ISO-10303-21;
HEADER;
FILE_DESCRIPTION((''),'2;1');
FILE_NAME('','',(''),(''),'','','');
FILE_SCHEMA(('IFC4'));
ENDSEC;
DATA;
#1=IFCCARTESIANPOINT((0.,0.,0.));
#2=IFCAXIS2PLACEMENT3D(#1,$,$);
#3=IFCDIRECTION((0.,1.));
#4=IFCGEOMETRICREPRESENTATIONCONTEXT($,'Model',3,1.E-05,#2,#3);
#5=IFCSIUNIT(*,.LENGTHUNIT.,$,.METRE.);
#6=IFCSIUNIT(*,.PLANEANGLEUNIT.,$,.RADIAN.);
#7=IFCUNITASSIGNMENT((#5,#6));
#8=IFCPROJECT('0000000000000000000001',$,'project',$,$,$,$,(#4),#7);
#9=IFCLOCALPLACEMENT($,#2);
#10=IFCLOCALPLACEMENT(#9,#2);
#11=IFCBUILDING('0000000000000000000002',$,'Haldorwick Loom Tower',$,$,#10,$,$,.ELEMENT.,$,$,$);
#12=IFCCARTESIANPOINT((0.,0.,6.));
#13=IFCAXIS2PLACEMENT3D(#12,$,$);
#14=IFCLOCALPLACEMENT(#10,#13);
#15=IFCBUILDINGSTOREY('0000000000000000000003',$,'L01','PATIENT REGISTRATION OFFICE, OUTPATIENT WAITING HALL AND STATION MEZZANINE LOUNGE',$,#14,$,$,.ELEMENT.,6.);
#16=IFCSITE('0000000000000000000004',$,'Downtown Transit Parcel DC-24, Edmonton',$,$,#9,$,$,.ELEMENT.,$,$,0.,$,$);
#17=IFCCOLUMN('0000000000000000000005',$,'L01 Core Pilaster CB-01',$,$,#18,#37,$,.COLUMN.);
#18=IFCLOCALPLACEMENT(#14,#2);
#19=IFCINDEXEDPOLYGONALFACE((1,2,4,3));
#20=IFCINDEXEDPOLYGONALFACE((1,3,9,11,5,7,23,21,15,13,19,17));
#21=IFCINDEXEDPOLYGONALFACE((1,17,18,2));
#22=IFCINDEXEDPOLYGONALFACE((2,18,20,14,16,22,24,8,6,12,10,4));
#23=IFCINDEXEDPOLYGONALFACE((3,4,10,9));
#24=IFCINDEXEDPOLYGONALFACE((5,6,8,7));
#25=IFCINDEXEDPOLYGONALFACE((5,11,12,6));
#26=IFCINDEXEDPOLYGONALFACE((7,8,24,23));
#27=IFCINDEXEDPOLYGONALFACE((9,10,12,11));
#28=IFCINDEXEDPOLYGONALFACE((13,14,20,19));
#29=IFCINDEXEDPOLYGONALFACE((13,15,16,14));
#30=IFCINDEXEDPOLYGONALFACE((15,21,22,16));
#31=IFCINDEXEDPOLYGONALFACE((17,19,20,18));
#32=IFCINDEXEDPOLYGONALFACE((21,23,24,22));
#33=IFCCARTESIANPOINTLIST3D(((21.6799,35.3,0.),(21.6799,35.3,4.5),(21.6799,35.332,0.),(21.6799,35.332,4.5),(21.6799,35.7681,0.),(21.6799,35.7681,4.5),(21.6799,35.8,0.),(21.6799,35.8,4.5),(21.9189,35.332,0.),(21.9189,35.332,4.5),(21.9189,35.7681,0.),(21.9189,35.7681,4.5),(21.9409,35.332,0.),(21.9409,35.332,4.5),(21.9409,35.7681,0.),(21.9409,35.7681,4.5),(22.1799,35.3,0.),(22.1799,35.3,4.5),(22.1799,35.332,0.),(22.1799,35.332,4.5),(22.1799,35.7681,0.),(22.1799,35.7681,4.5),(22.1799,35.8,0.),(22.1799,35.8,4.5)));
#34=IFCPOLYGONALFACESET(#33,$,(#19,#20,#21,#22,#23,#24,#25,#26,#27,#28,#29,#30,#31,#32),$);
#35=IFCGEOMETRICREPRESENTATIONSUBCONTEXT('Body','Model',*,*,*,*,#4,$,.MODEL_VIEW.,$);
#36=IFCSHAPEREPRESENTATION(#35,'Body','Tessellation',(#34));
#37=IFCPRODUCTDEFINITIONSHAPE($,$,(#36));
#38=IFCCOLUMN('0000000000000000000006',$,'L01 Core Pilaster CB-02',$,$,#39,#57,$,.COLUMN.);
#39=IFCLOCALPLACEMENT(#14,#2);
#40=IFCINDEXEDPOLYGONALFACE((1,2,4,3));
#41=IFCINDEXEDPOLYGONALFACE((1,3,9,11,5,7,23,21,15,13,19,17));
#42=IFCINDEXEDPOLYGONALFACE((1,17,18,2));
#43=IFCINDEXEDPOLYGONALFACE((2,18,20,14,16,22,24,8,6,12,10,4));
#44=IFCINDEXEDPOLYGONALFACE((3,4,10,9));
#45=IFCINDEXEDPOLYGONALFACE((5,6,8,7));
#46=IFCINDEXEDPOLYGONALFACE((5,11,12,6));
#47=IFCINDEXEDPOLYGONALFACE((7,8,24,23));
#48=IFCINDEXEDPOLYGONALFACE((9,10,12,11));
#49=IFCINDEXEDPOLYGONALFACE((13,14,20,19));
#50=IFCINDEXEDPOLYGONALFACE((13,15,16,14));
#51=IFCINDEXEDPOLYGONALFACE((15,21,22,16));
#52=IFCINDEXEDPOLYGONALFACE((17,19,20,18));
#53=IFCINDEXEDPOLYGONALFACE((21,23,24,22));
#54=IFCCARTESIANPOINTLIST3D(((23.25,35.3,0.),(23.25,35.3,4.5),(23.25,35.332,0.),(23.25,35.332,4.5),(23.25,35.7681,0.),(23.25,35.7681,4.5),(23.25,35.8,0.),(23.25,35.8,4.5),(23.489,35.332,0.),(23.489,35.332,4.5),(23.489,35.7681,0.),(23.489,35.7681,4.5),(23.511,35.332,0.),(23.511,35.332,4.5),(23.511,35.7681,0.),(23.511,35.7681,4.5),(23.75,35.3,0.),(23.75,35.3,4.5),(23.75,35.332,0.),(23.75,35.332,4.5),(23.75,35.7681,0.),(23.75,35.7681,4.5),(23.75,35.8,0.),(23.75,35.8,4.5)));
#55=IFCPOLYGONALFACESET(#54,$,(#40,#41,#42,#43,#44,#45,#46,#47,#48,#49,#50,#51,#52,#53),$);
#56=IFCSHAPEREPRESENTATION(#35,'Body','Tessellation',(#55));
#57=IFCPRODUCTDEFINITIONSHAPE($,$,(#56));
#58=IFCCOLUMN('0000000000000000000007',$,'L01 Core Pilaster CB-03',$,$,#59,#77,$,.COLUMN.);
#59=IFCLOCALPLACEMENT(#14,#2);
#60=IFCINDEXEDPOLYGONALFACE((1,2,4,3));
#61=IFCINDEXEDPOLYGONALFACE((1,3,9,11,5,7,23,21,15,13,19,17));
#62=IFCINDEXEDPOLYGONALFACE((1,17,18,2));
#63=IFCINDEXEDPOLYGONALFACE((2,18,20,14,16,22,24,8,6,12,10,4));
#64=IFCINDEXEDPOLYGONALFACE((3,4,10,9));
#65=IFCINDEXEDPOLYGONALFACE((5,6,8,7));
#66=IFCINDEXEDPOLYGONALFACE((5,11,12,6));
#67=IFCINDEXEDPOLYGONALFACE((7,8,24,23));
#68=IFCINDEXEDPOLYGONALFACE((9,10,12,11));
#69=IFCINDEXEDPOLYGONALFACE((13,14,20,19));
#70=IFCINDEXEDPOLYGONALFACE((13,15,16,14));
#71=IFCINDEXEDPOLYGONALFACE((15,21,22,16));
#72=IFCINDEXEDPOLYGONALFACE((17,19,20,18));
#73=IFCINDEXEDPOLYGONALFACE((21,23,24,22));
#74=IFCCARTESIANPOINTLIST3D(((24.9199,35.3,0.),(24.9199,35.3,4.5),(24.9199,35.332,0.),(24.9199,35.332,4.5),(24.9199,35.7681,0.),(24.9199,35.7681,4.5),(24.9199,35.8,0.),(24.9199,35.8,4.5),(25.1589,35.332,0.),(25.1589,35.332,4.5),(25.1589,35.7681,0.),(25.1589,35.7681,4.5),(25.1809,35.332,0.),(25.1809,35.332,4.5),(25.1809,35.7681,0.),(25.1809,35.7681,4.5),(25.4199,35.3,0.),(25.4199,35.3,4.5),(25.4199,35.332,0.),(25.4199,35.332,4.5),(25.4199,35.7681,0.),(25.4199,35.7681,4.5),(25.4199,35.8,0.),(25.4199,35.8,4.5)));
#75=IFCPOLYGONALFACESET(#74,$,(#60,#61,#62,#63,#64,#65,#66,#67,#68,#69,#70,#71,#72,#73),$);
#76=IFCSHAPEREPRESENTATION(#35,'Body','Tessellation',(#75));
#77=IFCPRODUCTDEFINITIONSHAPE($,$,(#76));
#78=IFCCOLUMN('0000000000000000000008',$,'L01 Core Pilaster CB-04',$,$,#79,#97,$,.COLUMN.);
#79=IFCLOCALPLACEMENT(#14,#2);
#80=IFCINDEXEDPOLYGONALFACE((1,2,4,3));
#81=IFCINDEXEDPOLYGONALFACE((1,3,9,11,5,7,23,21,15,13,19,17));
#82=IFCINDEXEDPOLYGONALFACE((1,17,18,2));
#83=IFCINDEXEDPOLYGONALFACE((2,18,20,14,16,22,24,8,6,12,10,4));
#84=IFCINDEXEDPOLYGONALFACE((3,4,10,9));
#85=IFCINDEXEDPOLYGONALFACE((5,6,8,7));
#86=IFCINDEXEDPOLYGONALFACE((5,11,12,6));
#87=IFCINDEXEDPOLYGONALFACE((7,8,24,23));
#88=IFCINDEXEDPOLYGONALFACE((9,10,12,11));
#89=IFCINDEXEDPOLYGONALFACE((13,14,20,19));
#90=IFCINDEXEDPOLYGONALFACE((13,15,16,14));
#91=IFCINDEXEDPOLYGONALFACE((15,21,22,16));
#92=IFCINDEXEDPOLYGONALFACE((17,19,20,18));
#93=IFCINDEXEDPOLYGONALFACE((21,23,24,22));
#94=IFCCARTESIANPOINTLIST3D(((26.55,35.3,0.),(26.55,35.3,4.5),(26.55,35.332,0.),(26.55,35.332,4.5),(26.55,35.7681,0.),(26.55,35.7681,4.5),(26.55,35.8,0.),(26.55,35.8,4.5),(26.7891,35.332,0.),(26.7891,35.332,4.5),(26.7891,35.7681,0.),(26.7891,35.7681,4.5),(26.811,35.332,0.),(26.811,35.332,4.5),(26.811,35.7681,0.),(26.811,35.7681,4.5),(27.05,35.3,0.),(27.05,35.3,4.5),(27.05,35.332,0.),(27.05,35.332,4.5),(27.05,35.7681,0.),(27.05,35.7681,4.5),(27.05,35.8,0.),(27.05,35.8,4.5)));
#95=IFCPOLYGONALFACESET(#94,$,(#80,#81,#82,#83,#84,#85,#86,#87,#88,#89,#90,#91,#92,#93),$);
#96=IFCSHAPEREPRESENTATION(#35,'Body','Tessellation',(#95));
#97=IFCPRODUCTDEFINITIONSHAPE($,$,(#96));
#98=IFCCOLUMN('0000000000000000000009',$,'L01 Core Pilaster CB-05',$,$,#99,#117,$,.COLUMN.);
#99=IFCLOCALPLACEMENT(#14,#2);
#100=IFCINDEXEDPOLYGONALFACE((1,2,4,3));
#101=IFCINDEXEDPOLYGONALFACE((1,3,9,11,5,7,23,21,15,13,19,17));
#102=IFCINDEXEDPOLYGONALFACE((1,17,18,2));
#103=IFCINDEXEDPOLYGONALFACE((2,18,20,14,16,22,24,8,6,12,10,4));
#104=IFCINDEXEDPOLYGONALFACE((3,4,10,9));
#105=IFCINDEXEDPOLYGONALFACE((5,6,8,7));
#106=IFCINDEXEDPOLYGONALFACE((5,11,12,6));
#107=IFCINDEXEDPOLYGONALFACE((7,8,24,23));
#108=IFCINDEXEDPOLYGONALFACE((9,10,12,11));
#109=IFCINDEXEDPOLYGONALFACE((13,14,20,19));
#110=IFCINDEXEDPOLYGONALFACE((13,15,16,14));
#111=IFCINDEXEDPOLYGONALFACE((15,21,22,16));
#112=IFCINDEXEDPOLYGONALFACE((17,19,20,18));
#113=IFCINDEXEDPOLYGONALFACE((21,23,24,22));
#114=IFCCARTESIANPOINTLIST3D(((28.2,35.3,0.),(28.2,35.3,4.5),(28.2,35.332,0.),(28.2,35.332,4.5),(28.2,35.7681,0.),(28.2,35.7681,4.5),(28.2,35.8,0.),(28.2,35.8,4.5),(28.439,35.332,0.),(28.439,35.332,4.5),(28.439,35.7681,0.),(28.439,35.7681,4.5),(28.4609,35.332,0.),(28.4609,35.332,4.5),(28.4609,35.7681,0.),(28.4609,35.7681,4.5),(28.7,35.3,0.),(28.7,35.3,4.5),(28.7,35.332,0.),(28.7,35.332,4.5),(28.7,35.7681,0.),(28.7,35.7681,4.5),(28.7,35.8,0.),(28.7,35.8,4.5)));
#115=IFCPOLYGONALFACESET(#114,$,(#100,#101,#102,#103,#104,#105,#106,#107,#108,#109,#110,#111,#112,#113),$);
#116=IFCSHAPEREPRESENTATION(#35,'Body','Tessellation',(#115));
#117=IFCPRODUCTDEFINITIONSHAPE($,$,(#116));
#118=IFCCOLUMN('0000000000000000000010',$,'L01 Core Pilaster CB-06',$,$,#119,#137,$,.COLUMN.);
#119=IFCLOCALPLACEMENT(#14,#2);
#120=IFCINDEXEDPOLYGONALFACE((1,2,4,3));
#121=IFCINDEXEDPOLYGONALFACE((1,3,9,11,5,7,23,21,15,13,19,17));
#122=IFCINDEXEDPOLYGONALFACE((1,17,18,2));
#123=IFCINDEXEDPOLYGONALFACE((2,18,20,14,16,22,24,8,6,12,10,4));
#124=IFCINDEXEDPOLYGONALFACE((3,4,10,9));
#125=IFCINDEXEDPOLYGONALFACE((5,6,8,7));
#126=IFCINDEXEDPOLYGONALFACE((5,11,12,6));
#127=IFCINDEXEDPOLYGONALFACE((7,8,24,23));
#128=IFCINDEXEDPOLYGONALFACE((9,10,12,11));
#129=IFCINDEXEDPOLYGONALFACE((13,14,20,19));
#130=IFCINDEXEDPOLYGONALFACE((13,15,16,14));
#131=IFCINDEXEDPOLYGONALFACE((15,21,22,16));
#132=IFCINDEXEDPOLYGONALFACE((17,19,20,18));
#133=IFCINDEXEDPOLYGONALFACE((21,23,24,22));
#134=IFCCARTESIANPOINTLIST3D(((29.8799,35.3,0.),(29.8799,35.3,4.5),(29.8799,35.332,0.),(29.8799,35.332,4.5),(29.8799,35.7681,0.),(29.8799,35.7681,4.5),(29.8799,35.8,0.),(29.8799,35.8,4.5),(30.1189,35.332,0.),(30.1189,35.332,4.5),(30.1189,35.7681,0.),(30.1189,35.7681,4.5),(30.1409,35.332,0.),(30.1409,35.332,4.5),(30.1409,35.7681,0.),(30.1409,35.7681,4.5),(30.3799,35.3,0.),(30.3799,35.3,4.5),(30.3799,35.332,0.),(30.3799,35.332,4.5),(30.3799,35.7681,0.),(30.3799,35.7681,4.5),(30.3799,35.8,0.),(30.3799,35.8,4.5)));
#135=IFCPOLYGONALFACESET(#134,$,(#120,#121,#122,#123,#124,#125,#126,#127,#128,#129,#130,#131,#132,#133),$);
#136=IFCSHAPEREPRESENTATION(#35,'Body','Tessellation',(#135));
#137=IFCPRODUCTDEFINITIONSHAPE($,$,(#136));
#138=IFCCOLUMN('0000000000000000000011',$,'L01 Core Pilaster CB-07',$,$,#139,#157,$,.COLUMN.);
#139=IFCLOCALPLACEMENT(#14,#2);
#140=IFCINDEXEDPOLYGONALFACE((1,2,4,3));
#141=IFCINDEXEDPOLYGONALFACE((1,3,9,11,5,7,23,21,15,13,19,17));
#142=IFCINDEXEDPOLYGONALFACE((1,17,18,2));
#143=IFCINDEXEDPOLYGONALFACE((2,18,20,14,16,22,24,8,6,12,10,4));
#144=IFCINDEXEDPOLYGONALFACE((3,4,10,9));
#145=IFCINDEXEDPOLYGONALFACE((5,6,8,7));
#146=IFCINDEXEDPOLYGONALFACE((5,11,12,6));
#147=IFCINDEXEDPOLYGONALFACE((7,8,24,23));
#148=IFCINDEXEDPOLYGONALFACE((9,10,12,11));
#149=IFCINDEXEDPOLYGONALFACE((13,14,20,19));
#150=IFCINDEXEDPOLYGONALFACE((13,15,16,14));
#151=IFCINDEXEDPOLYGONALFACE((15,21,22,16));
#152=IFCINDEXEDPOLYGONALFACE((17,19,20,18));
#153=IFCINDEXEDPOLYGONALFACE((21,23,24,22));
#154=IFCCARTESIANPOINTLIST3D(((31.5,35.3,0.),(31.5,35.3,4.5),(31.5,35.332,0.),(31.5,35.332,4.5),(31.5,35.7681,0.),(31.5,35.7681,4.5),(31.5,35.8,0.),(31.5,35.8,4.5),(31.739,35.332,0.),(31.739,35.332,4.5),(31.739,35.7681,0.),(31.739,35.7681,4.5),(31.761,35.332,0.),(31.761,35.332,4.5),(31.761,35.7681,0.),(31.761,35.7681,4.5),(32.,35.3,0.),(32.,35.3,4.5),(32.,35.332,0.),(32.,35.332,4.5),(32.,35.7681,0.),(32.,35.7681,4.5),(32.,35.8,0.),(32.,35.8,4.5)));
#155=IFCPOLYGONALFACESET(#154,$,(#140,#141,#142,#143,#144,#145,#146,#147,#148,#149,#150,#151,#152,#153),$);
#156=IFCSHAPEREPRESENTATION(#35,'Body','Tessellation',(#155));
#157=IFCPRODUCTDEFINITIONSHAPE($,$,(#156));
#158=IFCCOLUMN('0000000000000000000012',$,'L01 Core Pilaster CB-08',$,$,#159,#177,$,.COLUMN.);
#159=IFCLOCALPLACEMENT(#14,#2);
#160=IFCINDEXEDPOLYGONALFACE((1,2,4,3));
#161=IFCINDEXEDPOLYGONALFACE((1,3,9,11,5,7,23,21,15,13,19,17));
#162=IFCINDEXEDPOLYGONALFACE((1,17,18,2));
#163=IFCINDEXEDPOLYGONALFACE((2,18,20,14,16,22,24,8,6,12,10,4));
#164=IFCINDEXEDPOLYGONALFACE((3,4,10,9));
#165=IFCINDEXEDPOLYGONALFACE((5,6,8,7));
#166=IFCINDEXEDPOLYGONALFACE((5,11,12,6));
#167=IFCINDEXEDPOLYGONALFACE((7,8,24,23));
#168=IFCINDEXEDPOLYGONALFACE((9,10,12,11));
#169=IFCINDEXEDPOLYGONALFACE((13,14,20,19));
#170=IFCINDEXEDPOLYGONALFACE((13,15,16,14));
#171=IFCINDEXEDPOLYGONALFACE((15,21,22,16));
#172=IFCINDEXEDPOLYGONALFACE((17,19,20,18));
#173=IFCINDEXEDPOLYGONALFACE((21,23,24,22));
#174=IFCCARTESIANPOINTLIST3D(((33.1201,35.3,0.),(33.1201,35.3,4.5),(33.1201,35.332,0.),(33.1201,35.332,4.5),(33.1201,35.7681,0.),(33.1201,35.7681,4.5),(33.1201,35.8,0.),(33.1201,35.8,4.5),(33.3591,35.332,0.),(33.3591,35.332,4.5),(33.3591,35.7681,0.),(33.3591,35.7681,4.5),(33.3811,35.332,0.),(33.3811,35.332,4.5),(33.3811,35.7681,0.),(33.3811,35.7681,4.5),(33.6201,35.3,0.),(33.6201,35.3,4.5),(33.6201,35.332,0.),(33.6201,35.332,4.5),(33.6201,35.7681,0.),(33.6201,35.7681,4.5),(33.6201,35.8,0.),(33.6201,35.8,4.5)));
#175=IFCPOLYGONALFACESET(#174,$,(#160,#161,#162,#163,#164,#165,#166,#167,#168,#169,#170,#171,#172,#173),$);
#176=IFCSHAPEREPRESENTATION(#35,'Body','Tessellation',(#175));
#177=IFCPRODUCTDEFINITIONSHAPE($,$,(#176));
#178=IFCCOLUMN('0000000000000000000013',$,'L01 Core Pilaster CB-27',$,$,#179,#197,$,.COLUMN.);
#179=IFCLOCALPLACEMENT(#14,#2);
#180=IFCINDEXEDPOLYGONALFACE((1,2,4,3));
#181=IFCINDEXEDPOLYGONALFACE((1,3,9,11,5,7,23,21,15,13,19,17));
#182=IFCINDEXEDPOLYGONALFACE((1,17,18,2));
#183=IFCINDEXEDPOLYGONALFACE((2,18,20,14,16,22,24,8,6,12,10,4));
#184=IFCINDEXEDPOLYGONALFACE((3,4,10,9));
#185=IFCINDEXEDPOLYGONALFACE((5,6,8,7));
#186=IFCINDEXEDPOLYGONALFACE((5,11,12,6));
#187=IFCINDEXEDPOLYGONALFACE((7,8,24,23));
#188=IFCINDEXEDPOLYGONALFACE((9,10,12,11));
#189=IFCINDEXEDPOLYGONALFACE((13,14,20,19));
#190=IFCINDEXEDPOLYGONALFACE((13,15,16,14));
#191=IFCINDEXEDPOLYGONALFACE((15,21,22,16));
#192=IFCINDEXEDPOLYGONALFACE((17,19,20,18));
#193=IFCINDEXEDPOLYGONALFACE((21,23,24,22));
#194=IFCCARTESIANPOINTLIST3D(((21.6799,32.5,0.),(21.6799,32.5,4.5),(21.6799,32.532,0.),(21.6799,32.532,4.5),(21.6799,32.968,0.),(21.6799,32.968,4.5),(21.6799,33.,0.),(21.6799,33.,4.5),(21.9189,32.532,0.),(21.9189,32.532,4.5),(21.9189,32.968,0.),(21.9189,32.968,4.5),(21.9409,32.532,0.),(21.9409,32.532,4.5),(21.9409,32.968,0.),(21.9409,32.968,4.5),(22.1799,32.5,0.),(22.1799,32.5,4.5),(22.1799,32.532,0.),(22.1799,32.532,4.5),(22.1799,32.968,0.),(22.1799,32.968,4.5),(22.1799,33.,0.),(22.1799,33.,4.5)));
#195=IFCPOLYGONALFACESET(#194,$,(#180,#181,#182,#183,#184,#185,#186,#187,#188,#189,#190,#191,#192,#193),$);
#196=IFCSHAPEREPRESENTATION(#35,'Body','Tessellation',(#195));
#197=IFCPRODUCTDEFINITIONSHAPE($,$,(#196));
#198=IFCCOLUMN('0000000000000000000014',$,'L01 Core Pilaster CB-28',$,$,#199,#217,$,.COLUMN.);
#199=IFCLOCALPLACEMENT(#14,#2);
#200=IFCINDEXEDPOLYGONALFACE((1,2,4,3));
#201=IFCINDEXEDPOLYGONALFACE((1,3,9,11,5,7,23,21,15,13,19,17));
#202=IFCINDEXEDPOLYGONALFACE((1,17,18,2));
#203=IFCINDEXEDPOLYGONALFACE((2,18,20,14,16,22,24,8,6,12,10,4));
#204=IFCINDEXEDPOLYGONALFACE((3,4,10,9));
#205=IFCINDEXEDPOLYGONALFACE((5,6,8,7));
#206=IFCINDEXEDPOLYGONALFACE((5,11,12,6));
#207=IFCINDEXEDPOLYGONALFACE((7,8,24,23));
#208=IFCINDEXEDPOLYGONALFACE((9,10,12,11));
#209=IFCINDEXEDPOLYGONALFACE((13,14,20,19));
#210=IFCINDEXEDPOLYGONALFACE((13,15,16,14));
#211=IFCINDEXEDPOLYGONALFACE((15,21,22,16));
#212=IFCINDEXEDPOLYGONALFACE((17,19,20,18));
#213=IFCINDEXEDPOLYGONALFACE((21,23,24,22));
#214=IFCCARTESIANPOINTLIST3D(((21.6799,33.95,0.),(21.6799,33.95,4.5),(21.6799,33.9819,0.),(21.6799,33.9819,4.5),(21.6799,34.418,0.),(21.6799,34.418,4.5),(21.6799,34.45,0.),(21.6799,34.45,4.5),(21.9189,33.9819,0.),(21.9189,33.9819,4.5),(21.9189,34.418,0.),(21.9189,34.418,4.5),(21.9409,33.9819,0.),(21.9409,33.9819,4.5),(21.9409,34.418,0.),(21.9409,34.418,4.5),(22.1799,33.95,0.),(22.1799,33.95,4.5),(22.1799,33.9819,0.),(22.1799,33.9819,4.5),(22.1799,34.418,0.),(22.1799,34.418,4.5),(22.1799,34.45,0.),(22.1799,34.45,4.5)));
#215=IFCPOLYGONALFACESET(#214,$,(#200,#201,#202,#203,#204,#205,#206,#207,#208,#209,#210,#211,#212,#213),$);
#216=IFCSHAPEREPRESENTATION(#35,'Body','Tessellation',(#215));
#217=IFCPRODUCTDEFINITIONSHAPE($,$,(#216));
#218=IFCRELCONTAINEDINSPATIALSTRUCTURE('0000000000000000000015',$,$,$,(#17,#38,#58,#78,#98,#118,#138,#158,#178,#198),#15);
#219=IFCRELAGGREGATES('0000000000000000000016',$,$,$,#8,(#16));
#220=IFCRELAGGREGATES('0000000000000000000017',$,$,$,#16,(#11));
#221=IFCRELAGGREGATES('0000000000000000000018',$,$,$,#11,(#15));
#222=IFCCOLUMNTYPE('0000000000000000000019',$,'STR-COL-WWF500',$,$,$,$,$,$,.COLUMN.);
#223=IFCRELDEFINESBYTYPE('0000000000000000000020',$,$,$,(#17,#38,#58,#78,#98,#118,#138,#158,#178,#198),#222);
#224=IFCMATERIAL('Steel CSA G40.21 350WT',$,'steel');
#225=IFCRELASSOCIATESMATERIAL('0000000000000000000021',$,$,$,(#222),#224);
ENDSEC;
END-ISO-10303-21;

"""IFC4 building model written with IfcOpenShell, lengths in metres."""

from ifc_helpers import new_model, si_unit, direction, frame, origin, origin_2d, place, context, subcontext, project, spatial, i_section, extrude, material, material_profile, profile_set, type_object, element, save


model = new_model("IFC4")

# Units and contexts
model_context = context("Model", 3, precision=1e-05, world=origin(), true_north=direction((0.0, 1.0)))
body_context = subcontext(model_context, "Body", "Model", "MODEL_VIEW")
ifc_project = project(units=[si_unit("LENGTHUNIT", "METRE"), si_unit("PLANEANGLEUNIT", "RADIAN")], contexts=[model_context])

# Site, building, storey
site_placement = place(None, origin())
site = spatial("IfcSite", under=ifc_project, at=site_placement, Name="Downtown Transit Parcel DC-24, Edmonton", CompositionType="ELEMENT", RefElevation=0.0)
building_placement = place(site_placement, origin())
building = spatial("IfcBuilding", under=site, at=building_placement, Name="Haldorwick Loom Tower", CompositionType="ELEMENT")
storey_placement = place(building_placement, frame((0.0, 0.0, 6.0)))
storey = spatial("IfcBuildingStorey", under=building, at=storey_placement, Name="L01", Description="PATIENT REGISTRATION OFFICE, OUTPATIENT WAITING HALL AND STATION MEZZANINE LOUNGE", CompositionType="ELEMENT", Elevation=6.0)

# Columns
ifc_material_1 = material(Name="Steel CSA G40.21 350WT", Category="steel")
ifc_material_profile_1 = material_profile(ifc_material_1, i_section(OverallWidth=0.5, OverallDepth=0.5, WebThickness=0.022, FlangeThickness=0.032, at=origin_2d()), Name="WWF500X500", Category="steel")
ifc_profile_set_1 = profile_set([ifc_material_profile_1], Name="Steel CSA G40.21 350WT")
column_type = type_object("IfcColumnType", Name="STR-COL-WWF500", PredefinedType="COLUMN", material=ifc_profile_set_1)
for number, where, z_axis, x_axis, name in (
    (1, (21.9299, 35.55, 0.0), (0.0, 0.0, 1.0), (1.0, 0.0, 0.0), "L01 Core Pilaster CB-01"),
    (2, (23.5, 35.55, 0.0), (0.0, 0.0, 1.0), (1.0, 0.0, 0.0), "L01 Core Pilaster CB-02"),
    (3, (25.1699, 35.55, 0.0), (0.0, 0.0, 1.0), (1.0, 0.0, 0.0), "L01 Core Pilaster CB-03"),
    (4, (26.8, 35.55, 0.0), (0.0, 0.0, 1.0), (1.0, 0.0, 0.0), "L01 Core Pilaster CB-04"),
    (5, (28.45, 35.55, 0.0), (0.0, 0.0, 1.0), (1.0, 0.0, 0.0), "L01 Core Pilaster CB-05"),
    (6, (30.1299, 35.55, 0.0), (0.0, 0.0, 1.0), (1.0, 0.0, 0.0), "L01 Core Pilaster CB-06"),
    (7, (31.75, 35.55, 0.0), (0.0, 0.0, 1.0), (1.0, 0.0, 0.0), "L01 Core Pilaster CB-07"),
    (8, (33.3701, 35.55, 0.0), (0.0, 0.0, 1.0), (1.0, 0.0, 0.0), "L01 Core Pilaster CB-08"),
    (9, (21.9299, 32.75, 0.0), (0.0, 0.0, 1.0), (1.0, 0.0, 0.0), "L01 Core Pilaster CB-27"),
    (10, (21.9299, 34.2, 0.0), (0.0, 0.0, 1.0), (1.0, 0.0, 0.0), "L01 Core Pilaster CB-28"),
):
    element("IfcColumn", number, at=place(storey_placement, frame(where, z_axis=z_axis, x_axis=x_axis)), inside=storey, type_object=column_type, Name=name, PredefinedType="COLUMN", context=body_context, shape_type="SweptSolid", body=[
        extrude(i_section(OverallWidth=0.5, OverallDepth=0.5, WebThickness=0.022, FlangeThickness=0.032, at=origin_2d()), origin(), (0.0, 0.0, 1.0), 4.5),
    ])

save(model, "model.ifc")
